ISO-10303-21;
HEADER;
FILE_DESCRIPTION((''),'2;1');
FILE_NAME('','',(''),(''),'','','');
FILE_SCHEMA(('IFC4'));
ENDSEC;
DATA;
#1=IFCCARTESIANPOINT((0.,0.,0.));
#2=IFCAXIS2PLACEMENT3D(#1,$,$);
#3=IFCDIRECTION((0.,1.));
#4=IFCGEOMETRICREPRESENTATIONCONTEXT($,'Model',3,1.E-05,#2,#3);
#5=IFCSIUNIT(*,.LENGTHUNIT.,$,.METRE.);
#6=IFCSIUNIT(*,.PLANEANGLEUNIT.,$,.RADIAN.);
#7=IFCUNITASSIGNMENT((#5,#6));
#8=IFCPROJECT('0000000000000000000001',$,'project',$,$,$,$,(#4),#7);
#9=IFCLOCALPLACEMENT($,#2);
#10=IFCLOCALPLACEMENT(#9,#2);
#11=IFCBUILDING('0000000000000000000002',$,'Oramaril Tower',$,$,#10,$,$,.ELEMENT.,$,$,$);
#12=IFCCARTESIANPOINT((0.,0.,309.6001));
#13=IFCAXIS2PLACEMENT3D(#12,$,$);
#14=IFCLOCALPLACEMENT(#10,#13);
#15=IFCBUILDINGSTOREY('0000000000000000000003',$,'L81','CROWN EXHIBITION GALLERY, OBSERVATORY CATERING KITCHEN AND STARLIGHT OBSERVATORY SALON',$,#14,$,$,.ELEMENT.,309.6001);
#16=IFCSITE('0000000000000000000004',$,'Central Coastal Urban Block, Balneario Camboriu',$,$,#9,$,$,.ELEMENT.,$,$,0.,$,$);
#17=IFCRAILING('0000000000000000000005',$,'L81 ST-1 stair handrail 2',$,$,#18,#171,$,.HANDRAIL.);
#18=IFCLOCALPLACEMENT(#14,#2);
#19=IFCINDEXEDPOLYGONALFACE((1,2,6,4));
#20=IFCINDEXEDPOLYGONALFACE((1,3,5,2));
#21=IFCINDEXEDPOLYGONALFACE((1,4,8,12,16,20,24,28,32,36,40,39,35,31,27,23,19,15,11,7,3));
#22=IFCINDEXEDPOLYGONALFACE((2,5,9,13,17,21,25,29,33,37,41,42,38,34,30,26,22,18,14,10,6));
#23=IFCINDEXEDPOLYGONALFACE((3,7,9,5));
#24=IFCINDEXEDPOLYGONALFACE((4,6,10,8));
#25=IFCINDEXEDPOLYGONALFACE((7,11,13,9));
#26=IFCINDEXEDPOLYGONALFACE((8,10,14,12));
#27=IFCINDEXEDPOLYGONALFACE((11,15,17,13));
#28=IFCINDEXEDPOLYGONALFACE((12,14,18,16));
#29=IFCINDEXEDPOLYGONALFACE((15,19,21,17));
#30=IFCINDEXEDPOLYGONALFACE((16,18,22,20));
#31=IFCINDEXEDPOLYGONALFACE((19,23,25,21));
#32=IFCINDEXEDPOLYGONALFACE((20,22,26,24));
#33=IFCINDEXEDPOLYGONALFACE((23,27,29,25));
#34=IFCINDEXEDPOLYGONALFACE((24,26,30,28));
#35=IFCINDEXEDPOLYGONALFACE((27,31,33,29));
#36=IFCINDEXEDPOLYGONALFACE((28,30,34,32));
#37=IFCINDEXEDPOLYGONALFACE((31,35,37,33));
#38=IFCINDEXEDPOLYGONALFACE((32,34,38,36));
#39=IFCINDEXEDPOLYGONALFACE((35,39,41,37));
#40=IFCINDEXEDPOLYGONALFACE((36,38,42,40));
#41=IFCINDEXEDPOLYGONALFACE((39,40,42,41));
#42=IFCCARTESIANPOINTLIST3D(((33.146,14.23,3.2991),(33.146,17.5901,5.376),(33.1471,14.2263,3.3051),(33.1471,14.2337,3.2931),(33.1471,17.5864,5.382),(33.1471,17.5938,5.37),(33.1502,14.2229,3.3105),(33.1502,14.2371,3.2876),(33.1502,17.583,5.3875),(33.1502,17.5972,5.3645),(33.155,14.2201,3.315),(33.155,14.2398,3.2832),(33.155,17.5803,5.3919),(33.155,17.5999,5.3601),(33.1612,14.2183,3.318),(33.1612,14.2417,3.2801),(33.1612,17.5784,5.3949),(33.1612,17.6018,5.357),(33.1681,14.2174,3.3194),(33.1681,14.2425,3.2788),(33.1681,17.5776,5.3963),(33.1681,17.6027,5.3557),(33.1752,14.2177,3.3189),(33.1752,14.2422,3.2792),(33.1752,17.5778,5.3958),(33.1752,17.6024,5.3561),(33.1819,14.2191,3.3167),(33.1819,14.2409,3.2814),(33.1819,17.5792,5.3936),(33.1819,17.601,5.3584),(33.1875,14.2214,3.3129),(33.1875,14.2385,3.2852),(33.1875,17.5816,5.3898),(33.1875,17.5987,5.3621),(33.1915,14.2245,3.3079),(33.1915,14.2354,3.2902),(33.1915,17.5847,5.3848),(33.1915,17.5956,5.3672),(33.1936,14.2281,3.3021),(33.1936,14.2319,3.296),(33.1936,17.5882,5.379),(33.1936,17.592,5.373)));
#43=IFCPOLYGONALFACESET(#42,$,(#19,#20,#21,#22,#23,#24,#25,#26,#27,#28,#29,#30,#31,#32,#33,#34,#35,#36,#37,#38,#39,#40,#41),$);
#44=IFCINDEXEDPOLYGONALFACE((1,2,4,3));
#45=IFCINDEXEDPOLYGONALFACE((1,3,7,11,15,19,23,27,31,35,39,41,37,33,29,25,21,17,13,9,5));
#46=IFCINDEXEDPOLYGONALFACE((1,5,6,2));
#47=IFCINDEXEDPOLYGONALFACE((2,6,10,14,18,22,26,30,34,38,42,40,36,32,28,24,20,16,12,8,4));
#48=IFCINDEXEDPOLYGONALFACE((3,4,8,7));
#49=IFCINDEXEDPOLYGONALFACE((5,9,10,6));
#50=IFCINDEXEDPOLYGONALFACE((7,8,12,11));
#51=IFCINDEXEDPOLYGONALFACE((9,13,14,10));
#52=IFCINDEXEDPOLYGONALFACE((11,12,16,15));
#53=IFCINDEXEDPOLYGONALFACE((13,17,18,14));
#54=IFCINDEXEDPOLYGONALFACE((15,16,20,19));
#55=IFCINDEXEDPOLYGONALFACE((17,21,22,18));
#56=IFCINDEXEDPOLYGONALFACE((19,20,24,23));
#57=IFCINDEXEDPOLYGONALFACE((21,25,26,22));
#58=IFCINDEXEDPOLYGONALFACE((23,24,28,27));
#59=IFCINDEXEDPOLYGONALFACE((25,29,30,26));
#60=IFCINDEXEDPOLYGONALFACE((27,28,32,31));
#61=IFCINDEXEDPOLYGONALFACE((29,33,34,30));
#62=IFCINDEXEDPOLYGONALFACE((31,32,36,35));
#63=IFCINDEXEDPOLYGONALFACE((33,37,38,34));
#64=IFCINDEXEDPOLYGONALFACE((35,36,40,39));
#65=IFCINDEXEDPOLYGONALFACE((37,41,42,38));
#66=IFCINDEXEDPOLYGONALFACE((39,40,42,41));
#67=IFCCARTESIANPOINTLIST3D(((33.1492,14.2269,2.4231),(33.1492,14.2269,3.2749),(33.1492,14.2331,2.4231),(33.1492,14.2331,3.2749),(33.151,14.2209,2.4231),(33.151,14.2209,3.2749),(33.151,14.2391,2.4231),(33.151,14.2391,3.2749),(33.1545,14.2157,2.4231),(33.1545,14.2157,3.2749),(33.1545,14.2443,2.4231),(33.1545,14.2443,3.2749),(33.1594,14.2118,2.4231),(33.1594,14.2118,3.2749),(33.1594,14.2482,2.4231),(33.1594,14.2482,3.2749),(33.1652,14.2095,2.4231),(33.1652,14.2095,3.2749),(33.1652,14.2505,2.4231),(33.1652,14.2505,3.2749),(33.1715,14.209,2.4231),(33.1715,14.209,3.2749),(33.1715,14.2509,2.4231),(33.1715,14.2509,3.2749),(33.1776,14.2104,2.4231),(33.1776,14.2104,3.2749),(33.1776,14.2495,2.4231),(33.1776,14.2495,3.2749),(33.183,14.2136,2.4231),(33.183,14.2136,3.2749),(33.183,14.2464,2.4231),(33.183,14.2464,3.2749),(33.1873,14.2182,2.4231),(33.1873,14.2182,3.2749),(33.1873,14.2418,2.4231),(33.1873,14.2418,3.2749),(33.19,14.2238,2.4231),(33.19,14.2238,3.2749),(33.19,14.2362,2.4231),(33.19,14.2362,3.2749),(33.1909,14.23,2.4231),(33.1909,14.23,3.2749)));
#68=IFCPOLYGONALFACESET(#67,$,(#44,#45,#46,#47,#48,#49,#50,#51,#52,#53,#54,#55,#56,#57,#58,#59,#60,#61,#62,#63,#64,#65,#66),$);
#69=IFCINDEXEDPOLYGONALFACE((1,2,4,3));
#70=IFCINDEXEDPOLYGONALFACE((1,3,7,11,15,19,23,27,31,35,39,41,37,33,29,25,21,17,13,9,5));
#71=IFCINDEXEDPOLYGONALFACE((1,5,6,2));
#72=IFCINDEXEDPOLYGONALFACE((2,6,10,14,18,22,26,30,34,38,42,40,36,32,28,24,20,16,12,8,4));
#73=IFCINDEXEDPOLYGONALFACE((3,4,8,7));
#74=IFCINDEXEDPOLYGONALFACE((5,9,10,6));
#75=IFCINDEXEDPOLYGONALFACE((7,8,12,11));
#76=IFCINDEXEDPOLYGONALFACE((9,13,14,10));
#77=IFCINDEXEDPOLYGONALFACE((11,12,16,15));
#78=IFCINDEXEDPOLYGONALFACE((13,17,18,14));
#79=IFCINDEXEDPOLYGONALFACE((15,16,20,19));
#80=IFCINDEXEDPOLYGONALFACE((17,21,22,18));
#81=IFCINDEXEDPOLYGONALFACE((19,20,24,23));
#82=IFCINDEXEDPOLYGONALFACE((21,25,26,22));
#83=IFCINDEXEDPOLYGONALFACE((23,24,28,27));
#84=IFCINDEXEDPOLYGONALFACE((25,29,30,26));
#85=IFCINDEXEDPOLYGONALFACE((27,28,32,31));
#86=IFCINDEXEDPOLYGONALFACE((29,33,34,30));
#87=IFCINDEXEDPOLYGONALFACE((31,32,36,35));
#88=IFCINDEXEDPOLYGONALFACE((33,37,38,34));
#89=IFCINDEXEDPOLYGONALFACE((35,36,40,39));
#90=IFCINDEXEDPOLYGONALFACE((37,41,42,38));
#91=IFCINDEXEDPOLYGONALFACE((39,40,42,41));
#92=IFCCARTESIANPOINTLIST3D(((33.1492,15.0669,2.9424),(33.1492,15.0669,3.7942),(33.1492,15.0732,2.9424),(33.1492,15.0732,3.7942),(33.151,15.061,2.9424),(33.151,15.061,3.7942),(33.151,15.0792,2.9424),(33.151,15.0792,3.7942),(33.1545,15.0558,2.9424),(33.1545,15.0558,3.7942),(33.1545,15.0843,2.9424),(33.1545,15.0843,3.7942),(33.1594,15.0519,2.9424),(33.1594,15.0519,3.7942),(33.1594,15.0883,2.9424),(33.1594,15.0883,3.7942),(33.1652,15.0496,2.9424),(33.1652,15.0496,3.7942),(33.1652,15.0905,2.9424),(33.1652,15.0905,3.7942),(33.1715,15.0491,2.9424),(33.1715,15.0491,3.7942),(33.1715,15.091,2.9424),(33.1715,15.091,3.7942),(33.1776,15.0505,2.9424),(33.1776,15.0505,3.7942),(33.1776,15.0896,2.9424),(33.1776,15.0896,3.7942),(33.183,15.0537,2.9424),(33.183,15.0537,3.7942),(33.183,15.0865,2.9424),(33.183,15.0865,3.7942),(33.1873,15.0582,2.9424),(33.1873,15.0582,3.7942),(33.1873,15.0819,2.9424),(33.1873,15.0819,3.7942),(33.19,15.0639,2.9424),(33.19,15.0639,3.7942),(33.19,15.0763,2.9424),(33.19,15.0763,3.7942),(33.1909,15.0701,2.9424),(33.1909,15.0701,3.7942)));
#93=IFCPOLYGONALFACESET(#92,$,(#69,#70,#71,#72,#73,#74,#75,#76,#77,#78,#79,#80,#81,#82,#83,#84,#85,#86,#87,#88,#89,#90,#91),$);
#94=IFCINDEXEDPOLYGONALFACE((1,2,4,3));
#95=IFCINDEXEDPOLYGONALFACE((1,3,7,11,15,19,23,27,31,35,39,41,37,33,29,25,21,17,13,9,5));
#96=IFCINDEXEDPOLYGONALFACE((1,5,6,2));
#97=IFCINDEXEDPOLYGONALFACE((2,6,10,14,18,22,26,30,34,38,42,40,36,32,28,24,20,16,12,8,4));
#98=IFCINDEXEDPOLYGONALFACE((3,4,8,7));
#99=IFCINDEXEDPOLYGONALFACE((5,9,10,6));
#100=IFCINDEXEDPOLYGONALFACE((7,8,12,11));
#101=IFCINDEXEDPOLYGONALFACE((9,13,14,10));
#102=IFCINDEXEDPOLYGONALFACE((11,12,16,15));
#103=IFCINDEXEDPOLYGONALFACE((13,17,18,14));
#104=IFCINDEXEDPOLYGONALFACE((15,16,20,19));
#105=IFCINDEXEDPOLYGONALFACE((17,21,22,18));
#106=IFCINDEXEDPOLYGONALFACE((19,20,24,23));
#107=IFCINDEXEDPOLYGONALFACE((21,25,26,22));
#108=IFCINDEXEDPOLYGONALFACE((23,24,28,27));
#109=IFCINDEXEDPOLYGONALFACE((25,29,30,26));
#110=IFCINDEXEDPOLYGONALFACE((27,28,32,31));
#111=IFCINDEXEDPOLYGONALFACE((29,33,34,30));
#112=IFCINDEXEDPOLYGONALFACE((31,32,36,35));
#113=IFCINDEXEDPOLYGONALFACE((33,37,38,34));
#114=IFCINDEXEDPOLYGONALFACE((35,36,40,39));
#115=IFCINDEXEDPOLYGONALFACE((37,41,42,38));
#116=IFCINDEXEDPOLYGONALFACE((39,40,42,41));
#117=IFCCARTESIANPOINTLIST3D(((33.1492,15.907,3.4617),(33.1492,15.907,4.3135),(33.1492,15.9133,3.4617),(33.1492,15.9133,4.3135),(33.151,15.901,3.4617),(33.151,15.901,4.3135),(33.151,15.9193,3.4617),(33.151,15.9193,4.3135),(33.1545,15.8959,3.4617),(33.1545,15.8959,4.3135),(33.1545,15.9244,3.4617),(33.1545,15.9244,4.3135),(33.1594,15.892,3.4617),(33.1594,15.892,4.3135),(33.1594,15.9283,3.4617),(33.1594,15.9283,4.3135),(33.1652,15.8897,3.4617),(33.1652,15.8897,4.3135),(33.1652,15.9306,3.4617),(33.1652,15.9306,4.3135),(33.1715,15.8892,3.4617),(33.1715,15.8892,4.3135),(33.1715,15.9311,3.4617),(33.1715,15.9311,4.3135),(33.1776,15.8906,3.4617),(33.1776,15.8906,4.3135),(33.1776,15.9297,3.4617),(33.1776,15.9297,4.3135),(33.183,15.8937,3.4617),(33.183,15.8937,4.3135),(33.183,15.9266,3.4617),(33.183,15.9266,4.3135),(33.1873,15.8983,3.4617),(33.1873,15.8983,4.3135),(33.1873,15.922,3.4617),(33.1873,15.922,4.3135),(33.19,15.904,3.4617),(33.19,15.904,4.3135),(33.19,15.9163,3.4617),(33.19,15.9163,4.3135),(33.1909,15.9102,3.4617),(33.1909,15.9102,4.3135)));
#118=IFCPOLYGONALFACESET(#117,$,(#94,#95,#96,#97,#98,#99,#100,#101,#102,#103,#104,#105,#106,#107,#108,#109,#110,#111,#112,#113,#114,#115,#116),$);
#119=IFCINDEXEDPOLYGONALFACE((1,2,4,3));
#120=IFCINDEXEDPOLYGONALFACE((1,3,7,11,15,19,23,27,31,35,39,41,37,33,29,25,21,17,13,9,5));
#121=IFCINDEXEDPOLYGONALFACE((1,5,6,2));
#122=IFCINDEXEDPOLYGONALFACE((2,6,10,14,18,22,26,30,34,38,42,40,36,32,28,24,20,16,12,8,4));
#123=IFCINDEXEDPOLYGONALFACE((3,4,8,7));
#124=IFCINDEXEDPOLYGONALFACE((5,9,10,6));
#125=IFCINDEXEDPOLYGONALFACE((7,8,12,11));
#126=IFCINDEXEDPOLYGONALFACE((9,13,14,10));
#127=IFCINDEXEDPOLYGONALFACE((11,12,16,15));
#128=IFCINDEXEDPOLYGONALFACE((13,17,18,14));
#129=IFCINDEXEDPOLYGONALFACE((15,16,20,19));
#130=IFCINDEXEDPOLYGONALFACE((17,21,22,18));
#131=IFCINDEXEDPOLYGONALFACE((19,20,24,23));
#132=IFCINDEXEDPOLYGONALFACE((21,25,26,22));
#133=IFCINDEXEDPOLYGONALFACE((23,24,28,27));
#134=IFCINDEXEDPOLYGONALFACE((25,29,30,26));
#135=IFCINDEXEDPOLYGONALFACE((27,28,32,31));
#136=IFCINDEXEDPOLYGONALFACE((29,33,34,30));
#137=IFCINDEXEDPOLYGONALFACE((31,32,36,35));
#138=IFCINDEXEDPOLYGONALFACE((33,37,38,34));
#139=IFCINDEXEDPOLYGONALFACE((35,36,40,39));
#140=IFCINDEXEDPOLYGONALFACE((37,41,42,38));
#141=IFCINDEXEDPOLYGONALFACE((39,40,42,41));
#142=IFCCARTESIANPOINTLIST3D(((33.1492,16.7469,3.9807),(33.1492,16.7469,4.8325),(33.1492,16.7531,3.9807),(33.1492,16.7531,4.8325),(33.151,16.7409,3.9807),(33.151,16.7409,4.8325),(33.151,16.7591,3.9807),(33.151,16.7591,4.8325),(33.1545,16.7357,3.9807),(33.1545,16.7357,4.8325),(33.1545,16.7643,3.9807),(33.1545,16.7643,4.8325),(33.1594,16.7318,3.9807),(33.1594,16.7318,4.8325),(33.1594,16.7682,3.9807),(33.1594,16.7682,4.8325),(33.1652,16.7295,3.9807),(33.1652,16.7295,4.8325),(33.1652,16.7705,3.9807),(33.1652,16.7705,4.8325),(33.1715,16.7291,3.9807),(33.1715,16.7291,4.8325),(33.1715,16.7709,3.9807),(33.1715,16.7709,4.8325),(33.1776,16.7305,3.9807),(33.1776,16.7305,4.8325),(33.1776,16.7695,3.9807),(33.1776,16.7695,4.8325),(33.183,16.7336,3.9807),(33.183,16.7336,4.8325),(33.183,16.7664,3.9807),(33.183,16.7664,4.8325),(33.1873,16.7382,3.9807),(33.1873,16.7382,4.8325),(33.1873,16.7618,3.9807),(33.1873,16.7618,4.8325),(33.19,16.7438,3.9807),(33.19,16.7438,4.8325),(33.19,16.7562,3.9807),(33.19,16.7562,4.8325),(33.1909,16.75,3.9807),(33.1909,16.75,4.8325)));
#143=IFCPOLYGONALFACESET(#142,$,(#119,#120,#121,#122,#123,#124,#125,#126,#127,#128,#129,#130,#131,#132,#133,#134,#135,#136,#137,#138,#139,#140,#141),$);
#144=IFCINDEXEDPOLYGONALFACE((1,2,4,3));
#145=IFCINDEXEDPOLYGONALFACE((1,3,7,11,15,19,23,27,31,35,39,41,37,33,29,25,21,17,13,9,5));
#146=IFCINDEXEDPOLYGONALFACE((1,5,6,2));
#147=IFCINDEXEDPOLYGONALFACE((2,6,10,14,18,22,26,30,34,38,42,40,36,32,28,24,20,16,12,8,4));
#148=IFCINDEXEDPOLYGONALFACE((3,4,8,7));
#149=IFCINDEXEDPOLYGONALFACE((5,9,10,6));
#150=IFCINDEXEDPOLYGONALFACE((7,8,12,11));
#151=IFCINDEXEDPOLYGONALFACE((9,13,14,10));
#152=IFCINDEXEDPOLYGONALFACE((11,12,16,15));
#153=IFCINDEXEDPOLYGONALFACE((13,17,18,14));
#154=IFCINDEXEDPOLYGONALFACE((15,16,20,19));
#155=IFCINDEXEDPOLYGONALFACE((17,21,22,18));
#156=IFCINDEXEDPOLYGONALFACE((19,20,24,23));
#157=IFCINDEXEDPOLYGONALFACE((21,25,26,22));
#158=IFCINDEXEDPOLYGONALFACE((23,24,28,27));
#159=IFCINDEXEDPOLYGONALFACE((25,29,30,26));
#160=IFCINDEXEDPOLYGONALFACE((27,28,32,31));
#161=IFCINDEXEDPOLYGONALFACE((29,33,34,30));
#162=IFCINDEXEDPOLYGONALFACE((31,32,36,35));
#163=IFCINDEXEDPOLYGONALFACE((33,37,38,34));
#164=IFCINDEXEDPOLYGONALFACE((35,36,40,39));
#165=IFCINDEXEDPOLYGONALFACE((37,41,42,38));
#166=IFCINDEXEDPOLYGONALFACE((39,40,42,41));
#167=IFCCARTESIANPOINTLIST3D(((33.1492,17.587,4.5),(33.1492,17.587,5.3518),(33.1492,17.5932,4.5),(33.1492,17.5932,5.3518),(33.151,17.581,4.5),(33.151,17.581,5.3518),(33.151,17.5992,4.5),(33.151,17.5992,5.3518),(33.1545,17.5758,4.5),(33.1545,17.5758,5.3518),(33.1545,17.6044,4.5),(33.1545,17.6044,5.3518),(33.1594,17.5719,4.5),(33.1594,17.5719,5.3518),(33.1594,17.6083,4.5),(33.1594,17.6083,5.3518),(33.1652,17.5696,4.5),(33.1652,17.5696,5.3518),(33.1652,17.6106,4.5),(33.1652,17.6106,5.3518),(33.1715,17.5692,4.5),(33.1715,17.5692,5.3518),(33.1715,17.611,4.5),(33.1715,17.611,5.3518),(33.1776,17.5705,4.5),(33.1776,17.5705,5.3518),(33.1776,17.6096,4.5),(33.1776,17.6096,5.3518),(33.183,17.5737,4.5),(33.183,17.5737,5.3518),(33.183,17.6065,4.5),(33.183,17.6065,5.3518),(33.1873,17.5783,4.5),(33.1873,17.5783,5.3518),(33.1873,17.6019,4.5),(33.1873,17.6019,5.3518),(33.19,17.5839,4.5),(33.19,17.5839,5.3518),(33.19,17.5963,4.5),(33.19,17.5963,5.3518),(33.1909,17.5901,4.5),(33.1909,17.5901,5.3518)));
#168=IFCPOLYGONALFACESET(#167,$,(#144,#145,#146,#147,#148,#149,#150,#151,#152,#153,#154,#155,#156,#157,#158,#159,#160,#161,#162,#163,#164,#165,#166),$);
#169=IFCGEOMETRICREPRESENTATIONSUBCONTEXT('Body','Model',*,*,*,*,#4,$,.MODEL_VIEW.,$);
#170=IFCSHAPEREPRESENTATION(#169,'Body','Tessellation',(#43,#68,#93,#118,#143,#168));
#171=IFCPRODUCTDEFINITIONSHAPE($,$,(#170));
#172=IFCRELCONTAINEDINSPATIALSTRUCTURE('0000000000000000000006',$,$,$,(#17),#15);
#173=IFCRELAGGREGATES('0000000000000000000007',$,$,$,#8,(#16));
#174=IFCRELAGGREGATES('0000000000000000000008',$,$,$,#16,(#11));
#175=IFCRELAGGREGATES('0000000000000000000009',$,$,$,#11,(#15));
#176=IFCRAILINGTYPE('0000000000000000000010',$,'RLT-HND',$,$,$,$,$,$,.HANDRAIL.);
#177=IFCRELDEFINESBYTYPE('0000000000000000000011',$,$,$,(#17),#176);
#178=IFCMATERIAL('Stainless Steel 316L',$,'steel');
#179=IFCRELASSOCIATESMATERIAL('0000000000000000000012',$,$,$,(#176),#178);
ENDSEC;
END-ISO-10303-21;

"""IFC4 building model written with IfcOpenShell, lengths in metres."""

from ifc_helpers import new_model, si_unit, direction, frame, origin, origin_2d, place, context, subcontext, project, spatial, circle, extrude, material, type_object, element, save


model = new_model("IFC4")

# Units and contexts
model_context = context("Model", 3, precision=1e-05, world=origin(), true_north=direction((0.0, 1.0)))
body_context = subcontext(model_context, "Body", "Model", "MODEL_VIEW")
ifc_project = project(units=[si_unit("LENGTHUNIT", "METRE"), si_unit("PLANEANGLEUNIT", "RADIAN")], contexts=[model_context])

# Site, building, storey
site_placement = place(None, origin())
site = spatial("IfcSite", under=ifc_project, at=site_placement, Name="Central Coastal Urban Block, Balneario Camboriu", CompositionType="ELEMENT", RefElevation=0.0)
building_placement = place(site_placement, origin())
building = spatial("IfcBuilding", under=site, at=building_placement, Name="Oramaril Tower", CompositionType="ELEMENT")
storey_placement = place(building_placement, frame((0.0, 0.0, 309.6001)))
storey = spatial("IfcBuildingStorey", under=building, at=storey_placement, Name="L81", Description="CROWN EXHIBITION GALLERY, OBSERVATORY CATERING KITCHEN AND STARLIGHT OBSERVATORY SALON", CompositionType="ELEMENT", Elevation=309.6001)

# Railing
ifc_material_1 = material(Name="Stainless Steel 316L", Category="steel")
railing_type_1 = type_object("IfcRailingType", Name="RLT-HND", PredefinedType="HANDRAIL", material=ifc_material_1)
railing_1_placement = place(storey_placement, frame((33.1699, 14.23, 2.4231)))
element("IfcRailing", 1, at=railing_1_placement, inside=storey, type_object=railing_type_1, Name="L81 ST-1 stair handrail 2", PredefinedType="HANDRAIL", context=body_context, shape_type="SweptSolid", body=[
    extrude(circle(Radius=0.0239, at=origin_2d()), frame((0.0, 0.0, 0.876), z_axis=(0.0, 0.850623, 0.525776), x_axis=(-1.0, 0.0, 0.0)), (0.0, 0.0, 1.0), 3.9502),
    extrude(circle(Radius=0.021, at=origin_2d()), origin(), (0.0, 0.0, 1.0), 0.8518),
    extrude(circle(Radius=0.021, at=origin_2d()), frame((0.0, 0.8401, 0.5193)), (0.0, 0.0, 1.0), 0.8518),
    extrude(circle(Radius=0.021, at=origin_2d()), frame((0.0, 1.6802, 1.0386)), (0.0, 0.0, 1.0), 0.8518),
    extrude(circle(Radius=0.021, at=origin_2d()), frame((0.0, 2.52, 1.5576)), (0.0, 0.0, 1.0), 0.8518),
    extrude(circle(Radius=0.021, at=origin_2d()), frame((0.0, 3.3601, 2.0769)), (0.0, 0.0, 1.0), 0.8518),
])

save(model, "model.ifc")
